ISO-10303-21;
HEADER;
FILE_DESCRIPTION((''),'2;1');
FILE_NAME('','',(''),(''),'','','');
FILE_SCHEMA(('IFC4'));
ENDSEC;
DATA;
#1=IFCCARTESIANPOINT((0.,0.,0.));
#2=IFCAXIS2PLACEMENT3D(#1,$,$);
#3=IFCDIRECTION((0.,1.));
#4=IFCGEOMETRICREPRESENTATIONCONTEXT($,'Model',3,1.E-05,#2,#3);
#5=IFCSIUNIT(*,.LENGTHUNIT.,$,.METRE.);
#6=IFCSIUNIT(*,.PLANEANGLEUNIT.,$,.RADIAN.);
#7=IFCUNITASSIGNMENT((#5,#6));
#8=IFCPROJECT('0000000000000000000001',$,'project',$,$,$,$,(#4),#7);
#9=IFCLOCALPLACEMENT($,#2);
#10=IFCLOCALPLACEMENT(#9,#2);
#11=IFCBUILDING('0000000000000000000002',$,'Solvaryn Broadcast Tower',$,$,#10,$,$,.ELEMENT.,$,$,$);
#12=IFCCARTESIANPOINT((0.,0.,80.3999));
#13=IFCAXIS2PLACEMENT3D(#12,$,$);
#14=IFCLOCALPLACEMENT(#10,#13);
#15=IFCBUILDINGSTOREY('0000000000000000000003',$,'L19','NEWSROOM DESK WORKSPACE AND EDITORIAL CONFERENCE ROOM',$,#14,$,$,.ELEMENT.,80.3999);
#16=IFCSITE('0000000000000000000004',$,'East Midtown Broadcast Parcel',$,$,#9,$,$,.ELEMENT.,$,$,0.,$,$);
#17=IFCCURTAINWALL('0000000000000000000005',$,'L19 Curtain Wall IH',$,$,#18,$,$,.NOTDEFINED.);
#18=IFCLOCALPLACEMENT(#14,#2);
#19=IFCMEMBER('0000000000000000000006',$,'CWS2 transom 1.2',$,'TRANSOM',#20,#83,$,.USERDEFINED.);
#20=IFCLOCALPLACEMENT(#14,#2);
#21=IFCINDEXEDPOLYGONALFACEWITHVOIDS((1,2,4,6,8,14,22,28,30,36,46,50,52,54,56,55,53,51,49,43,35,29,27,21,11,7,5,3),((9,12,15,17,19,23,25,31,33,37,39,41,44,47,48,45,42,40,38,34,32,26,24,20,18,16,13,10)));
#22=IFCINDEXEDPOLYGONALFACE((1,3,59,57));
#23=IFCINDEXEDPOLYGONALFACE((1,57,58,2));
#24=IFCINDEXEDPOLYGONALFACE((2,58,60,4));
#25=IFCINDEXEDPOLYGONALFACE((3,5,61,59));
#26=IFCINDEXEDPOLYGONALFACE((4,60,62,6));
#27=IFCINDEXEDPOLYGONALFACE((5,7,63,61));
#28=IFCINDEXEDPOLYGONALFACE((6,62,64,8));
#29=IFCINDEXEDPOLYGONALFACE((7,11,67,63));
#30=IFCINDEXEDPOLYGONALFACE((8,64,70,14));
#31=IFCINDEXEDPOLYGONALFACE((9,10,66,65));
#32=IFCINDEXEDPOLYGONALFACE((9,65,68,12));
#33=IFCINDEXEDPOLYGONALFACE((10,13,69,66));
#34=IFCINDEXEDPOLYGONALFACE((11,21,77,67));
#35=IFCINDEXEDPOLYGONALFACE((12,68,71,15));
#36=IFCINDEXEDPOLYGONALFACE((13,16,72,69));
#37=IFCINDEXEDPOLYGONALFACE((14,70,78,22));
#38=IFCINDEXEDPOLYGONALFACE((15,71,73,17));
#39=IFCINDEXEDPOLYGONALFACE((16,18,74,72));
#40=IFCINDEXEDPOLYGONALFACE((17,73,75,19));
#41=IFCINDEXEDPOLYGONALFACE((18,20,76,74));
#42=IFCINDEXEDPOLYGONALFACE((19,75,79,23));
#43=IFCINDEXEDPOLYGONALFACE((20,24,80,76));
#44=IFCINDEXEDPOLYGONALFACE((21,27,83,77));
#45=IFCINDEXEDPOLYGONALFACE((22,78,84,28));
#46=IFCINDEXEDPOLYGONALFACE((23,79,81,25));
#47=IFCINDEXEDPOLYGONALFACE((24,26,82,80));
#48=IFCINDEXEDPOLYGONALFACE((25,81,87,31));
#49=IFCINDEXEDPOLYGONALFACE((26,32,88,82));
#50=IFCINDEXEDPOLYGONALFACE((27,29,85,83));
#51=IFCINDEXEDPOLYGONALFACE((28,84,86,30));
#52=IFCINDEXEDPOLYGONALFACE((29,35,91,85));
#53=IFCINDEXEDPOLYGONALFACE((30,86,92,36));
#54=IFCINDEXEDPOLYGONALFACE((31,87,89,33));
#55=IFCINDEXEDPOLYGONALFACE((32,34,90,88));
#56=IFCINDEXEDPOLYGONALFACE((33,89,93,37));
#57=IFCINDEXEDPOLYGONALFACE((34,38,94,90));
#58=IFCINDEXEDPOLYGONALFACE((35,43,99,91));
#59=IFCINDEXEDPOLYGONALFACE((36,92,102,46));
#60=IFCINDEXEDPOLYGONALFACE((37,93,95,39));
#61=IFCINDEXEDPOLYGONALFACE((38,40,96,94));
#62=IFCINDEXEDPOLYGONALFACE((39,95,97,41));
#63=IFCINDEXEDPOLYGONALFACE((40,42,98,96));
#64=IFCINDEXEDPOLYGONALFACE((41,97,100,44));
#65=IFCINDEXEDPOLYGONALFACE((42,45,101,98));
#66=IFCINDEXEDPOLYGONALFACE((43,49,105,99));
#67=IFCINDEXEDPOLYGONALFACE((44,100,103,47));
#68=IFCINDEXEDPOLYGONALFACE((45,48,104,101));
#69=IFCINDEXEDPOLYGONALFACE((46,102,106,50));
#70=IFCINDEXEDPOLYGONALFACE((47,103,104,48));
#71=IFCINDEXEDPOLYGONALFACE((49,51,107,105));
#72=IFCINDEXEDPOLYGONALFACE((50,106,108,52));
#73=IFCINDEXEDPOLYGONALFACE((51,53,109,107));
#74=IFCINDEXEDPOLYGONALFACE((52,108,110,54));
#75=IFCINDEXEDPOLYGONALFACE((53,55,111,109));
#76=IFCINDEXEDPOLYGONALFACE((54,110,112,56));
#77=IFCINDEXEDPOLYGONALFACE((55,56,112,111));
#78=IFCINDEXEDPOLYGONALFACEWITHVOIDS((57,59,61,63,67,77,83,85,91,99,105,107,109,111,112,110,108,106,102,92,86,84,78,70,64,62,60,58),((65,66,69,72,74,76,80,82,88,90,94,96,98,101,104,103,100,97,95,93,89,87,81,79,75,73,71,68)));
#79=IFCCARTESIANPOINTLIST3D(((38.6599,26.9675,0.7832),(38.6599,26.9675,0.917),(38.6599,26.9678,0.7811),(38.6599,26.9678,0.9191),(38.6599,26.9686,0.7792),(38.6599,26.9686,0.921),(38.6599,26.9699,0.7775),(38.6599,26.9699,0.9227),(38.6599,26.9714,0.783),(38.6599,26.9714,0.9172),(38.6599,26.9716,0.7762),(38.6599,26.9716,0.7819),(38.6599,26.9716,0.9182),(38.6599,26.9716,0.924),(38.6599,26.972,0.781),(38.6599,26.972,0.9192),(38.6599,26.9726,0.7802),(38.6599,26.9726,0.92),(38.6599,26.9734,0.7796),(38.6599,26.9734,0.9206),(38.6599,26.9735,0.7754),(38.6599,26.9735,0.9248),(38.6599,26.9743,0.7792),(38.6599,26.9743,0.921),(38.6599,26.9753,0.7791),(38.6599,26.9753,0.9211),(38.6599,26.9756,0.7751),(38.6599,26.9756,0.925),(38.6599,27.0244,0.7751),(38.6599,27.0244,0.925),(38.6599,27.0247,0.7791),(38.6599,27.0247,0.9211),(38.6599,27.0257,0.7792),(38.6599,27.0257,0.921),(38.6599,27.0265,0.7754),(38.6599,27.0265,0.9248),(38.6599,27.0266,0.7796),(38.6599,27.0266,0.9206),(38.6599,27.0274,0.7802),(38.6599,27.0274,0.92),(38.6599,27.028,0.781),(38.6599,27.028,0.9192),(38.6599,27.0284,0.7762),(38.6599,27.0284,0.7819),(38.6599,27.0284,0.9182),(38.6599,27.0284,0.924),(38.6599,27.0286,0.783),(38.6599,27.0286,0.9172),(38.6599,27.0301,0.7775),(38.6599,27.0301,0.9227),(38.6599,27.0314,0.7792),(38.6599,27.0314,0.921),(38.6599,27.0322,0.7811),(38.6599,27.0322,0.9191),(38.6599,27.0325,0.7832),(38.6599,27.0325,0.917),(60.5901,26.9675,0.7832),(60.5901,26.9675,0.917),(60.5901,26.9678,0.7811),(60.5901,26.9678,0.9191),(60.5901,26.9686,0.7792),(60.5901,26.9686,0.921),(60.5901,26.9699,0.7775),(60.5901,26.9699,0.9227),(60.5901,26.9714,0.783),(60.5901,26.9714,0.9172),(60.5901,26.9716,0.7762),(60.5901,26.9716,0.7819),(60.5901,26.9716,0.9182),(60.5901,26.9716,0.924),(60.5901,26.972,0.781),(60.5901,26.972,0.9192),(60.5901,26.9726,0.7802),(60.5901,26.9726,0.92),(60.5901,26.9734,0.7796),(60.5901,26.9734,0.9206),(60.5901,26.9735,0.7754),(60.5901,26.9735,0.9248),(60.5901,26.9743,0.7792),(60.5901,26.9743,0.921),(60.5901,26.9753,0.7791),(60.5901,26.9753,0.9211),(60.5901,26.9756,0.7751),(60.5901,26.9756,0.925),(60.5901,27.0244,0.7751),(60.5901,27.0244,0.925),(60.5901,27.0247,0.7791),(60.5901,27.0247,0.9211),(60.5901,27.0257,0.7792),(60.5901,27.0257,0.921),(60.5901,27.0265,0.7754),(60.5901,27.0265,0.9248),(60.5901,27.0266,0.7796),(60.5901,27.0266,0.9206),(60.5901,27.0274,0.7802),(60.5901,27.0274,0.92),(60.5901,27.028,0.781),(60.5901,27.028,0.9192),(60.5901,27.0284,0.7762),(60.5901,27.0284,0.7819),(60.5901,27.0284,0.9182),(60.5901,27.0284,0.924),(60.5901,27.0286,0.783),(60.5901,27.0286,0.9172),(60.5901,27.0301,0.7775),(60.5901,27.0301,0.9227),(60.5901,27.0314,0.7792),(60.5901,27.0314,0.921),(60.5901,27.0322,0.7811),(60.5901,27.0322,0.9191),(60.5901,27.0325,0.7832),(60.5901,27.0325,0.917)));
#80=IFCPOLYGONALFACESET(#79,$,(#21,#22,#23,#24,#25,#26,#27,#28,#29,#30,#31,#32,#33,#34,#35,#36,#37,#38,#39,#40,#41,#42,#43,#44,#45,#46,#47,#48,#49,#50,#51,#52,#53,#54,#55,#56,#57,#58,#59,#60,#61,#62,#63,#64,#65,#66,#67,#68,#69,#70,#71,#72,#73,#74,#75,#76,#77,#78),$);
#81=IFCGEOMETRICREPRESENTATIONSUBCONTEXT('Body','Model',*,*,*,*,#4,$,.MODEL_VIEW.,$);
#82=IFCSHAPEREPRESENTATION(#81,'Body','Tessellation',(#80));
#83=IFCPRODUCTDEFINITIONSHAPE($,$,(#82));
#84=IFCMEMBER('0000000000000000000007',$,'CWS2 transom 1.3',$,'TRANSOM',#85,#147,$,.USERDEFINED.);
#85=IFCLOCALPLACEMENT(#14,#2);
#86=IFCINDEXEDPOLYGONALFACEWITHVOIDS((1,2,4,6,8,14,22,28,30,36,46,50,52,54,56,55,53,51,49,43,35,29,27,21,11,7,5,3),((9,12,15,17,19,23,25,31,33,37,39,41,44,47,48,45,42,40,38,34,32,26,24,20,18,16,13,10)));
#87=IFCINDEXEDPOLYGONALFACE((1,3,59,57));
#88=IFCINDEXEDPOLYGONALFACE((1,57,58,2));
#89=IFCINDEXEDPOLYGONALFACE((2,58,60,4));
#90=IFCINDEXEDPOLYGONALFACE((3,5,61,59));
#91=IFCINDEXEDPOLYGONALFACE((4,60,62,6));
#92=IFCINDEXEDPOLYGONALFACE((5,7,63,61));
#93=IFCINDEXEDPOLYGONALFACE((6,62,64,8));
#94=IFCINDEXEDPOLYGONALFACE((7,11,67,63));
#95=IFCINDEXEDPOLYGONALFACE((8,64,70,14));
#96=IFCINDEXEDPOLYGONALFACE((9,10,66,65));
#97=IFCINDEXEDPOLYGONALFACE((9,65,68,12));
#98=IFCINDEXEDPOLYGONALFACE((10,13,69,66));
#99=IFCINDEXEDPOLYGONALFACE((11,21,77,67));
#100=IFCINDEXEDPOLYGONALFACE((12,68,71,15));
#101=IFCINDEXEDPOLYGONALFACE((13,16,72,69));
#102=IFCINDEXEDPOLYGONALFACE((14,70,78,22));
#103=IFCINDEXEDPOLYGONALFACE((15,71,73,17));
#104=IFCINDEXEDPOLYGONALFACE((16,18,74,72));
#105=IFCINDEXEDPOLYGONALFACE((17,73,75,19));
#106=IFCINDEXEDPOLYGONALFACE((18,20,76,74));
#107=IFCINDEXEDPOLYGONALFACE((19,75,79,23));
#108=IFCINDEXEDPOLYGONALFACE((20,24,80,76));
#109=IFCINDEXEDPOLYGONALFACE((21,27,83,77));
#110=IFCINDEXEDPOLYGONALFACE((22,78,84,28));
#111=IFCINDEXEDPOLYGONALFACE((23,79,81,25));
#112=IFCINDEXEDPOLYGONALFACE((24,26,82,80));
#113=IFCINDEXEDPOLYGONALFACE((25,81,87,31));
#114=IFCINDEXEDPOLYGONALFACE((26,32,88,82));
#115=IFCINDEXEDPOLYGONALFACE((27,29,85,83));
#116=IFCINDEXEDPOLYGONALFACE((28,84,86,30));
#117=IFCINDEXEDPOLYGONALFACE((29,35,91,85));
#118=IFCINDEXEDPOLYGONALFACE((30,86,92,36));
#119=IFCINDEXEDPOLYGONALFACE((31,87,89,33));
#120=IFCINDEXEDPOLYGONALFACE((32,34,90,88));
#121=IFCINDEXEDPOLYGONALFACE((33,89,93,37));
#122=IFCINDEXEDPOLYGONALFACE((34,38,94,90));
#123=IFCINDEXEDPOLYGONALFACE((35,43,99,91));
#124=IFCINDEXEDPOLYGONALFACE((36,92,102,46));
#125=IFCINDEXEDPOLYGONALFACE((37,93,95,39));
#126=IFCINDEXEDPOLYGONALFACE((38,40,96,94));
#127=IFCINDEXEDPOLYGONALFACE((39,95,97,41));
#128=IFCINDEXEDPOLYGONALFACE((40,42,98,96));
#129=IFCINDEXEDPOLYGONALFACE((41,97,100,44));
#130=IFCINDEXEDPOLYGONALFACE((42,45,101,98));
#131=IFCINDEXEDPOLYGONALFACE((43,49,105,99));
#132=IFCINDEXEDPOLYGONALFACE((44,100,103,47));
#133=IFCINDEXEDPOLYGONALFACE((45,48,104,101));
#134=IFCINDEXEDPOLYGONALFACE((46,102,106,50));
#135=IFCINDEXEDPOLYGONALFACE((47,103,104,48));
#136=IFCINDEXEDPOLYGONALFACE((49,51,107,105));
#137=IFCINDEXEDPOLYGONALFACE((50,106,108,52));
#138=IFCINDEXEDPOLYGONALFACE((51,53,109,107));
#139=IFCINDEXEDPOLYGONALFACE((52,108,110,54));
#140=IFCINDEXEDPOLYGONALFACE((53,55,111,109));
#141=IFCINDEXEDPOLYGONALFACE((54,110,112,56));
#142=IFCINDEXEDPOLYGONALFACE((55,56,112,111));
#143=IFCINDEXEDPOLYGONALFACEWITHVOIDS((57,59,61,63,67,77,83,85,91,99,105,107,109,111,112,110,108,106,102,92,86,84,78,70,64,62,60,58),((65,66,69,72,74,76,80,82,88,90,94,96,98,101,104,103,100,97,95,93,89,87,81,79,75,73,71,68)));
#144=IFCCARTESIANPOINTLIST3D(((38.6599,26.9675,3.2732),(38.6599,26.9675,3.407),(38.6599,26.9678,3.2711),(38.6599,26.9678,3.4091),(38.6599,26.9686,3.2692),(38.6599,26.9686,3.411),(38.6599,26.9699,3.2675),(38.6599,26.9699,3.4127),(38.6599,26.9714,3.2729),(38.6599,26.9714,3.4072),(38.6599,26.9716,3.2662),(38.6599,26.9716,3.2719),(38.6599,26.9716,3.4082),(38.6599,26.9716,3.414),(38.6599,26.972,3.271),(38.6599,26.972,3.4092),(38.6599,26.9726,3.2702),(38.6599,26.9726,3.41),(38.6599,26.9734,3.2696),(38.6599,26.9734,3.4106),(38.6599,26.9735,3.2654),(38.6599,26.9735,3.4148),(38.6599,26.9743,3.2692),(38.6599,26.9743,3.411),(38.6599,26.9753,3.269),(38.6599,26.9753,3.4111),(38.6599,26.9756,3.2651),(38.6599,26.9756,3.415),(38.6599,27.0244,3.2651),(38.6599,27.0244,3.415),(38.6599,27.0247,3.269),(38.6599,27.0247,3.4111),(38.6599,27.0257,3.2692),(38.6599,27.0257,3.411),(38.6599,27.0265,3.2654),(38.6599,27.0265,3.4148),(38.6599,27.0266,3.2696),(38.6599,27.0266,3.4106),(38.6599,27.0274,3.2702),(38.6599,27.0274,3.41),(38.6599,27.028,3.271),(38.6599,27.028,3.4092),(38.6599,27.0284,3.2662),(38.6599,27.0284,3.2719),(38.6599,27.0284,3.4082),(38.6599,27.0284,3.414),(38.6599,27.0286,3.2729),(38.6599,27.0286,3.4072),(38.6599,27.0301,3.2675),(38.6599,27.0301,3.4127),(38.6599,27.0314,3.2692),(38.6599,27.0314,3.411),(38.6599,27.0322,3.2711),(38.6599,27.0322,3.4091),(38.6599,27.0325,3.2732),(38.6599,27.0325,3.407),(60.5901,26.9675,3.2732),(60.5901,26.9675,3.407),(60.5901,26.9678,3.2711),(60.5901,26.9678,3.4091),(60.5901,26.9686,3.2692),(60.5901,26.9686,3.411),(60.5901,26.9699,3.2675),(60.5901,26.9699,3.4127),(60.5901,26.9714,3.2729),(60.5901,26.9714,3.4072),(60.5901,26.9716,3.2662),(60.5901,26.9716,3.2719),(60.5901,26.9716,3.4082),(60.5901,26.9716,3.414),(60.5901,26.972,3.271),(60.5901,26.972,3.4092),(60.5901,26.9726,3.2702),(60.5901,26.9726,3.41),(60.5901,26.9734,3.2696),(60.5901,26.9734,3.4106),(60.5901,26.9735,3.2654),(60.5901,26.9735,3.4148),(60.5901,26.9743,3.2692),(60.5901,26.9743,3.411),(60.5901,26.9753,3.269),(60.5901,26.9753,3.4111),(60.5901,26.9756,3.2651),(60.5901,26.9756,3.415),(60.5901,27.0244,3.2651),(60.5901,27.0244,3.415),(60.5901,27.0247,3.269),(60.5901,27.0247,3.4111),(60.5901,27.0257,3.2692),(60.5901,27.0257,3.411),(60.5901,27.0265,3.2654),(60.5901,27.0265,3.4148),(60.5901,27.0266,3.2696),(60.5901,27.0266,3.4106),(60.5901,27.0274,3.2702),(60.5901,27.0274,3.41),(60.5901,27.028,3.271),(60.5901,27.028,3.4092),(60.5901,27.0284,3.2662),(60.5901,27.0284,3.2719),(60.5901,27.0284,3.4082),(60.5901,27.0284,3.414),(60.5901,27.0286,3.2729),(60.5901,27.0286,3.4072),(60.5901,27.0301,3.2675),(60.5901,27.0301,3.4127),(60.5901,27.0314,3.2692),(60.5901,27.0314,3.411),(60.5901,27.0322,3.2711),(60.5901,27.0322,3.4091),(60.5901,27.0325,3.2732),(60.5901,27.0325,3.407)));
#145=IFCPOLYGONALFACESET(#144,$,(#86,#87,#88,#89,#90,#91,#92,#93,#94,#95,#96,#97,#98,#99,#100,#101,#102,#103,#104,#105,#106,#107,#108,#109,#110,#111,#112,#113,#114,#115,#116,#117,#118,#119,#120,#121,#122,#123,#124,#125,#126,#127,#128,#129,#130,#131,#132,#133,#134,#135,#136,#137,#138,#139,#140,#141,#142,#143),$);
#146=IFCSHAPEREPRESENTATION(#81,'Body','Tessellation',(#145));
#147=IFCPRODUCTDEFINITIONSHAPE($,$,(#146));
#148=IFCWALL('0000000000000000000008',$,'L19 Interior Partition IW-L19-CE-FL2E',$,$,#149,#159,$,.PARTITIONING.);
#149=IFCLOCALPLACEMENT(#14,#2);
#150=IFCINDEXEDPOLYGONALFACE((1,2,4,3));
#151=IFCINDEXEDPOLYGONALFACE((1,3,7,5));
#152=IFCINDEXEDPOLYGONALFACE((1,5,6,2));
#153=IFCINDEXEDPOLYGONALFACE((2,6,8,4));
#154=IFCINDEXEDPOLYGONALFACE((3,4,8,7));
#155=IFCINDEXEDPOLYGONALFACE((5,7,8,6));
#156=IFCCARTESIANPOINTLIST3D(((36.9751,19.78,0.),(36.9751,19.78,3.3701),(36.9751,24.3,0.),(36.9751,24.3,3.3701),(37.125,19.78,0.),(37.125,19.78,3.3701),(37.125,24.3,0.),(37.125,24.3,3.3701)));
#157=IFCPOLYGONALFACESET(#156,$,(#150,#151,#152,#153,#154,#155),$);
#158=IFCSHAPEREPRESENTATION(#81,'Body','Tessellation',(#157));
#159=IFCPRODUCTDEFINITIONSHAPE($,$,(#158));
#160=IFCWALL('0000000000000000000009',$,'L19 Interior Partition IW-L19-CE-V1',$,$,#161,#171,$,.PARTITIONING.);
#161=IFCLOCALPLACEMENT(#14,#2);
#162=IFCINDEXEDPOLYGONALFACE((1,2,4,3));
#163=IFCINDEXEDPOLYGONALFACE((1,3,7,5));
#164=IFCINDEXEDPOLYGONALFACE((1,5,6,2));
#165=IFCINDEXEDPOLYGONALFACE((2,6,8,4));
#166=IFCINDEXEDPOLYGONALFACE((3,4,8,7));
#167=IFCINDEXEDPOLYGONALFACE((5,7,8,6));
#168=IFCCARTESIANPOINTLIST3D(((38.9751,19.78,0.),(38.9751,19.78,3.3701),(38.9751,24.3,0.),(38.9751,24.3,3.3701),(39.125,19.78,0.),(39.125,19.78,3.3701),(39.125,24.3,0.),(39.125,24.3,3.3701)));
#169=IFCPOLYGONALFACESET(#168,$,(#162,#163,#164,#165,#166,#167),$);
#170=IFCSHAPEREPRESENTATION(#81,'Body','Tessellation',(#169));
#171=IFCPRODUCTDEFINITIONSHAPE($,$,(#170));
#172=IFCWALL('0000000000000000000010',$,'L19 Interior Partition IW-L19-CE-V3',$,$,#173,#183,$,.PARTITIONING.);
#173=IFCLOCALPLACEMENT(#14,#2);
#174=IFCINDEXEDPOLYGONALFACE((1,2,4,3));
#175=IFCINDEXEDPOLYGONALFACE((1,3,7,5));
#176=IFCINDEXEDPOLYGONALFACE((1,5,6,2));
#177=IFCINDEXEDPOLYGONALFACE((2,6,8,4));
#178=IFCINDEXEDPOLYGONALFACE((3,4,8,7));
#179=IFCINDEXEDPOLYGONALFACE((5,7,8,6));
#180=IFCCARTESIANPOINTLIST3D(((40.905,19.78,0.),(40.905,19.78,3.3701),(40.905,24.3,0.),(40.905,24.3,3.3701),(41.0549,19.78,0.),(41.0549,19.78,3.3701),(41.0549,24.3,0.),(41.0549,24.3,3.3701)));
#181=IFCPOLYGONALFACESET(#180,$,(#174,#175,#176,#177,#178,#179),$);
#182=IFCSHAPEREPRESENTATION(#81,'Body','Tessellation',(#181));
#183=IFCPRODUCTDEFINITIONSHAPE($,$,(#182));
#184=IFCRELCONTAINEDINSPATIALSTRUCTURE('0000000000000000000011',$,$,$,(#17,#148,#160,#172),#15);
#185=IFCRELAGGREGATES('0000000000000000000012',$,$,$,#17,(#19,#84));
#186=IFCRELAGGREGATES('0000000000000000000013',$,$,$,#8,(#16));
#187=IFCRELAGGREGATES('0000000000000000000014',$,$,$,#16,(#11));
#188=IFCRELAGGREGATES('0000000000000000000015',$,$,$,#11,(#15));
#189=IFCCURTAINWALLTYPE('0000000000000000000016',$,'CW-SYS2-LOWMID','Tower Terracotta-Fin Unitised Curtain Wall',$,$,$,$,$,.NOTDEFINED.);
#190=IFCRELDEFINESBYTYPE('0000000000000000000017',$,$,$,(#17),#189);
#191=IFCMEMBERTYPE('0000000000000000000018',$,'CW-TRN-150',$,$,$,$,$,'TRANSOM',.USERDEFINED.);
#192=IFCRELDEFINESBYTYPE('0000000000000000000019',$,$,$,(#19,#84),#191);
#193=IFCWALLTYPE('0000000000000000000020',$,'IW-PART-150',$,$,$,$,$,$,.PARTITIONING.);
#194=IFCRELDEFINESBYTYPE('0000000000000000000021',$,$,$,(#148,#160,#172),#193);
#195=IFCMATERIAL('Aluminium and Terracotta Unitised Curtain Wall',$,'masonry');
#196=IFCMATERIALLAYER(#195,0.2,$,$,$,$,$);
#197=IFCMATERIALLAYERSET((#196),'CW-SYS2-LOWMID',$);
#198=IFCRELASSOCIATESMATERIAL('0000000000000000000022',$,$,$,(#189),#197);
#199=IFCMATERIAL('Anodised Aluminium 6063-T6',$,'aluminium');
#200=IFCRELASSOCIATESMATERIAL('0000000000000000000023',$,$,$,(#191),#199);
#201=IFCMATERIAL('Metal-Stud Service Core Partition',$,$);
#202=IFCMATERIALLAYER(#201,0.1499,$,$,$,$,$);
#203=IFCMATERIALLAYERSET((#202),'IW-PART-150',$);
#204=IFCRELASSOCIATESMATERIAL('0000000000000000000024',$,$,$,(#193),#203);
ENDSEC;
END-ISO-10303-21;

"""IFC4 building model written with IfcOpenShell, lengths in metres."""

from ifc_helpers import new_model, si_unit, direction, frame, frame_2d, origin, origin_2d, place, context, subcontext, project, spatial, rectangle, hollow_rectangle, extrude, material, layer, layer_set, material_profile, profile_set, type_object, element, aggregate, save


model = new_model("IFC4")

# Units and contexts
model_context = context("Model", 3, precision=1e-05, world=origin(), true_north=direction((0.0, 1.0)))
body_context = subcontext(model_context, "Body", "Model", "MODEL_VIEW")
ifc_project = project(units=[si_unit("LENGTHUNIT", "METRE"), si_unit("PLANEANGLEUNIT", "RADIAN")], contexts=[model_context])

# Site, building, storey
site_placement = place(None, origin())
site = spatial("IfcSite", under=ifc_project, at=site_placement, Name="East Midtown Broadcast Parcel", CompositionType="ELEMENT", RefElevation=0.0)
building_placement = place(site_placement, origin())
building = spatial("IfcBuilding", under=site, at=building_placement, Name="Solvaryn Broadcast Tower", CompositionType="ELEMENT")
storey_placement = place(building_placement, frame((0.0, 0.0, 80.3999)))
storey = spatial("IfcBuildingStorey", under=building, at=storey_placement, Name="L19", Description="NEWSROOM DESK WORKSPACE AND EDITORIAL CONFERENCE ROOM", CompositionType="ELEMENT", Elevation=80.3999)

# Curtain wall
ifc_material_1 = material(Name="Aluminium and Terracotta Unitised Curtain Wall", Category="masonry")
ifc_layer_1 = layer(ifc_material_1, 0.2)
ifc_layer_set_1 = layer_set([ifc_layer_1], Name="CW-SYS2-LOWMID")
curtain_wall_type = type_object("IfcCurtainWallType", Name="CW-SYS2-LOWMID", Description="Tower Terracotta-Fin Unitised Curtain Wall", PredefinedType="NOTDEFINED", material=ifc_layer_set_1)
curtain_wall_1_placement = place(storey_placement, origin())
curtain_wall_1 = element("IfcCurtainWall", 1, at=curtain_wall_1_placement, inside=storey, type_object=curtain_wall_type, Name="L19 Curtain Wall IH", PredefinedType="NOTDEFINED")

# Members
ifc_material_2 = material(Name="Anodised Aluminium 6063-T6", Category="aluminium")
ifc_material_profile_1 = material_profile(ifc_material_2, hollow_rectangle(XDim=0.0649, YDim=0.1499, WallThickness=0.0039, InnerFilletRadius=0.0039, OuterFilletRadius=0.0081, at=origin_2d()))
ifc_profile_set_1 = profile_set([ifc_material_profile_1], Name="Anodised Aluminium 6063-T6")
member_type_1 = type_object("IfcMemberType", Name="CW-TRN-150", ElementType="TRANSOM", PredefinedType="USERDEFINED", material=ifc_profile_set_1)
member_1_placement = place(storey_placement, frame((38.6599, 27.0, 0.8501), z_axis=(1.0, 0.0, 0.0), x_axis=(0.0, 1.0, 0.0)))
member_1 = element("IfcMember", 2, at=member_1_placement, type_object=member_type_1, Name="CWS2 transom 1.2", ObjectType="TRANSOM", PredefinedType="USERDEFINED", context=body_context, shape_type="SweptSolid", body=[
    extrude(hollow_rectangle(XDim=0.0649, YDim=0.1499, WallThickness=0.0039, InnerFilletRadius=0.0039, OuterFilletRadius=0.0081, at=origin_2d()), origin(), (0.0, 0.0, 1.0), 21.9302),
])
member_2_placement = place(storey_placement, frame((38.6599, 27.0, 3.3401), z_axis=(1.0, 0.0, 0.0), x_axis=(0.0, 1.0, 0.0)))
member_2 = element("IfcMember", 3, at=member_2_placement, type_object=member_type_1, Name="CWS2 transom 1.3", ObjectType="TRANSOM", PredefinedType="USERDEFINED", context=body_context, shape_type="SweptSolid", body=[
    extrude(hollow_rectangle(XDim=0.0649, YDim=0.1499, WallThickness=0.0039, InnerFilletRadius=0.0039, OuterFilletRadius=0.0081, at=origin_2d()), origin(), (0.0, 0.0, 1.0), 21.9302),
])
aggregate(curtain_wall_1, [member_1, member_2])

# Walls
ifc_material_3 = material(Name="Metal-Stud Service Core Partition")
ifc_layer_2 = layer(ifc_material_3, 0.1499)
ifc_layer_set_2 = layer_set([ifc_layer_2], Name="IW-PART-150")
wall_type_1 = type_object("IfcWallType", Name="IW-PART-150", PredefinedType="PARTITIONING", material=ifc_layer_set_2)
for number, where, z_axis, x_axis, name in (
    (4, (37.05, 19.78, 0.0), (0.0, 0.0, 1.0), (0.0, 1.0, 0.0), "L19 Interior Partition IW-L19-CE-FL2E"),
    (5, (39.05, 19.78, 0.0), (0.0, 0.0, 1.0), (0.0, 1.0, 0.0), "L19 Interior Partition IW-L19-CE-V1"),
    (6, (40.98, 19.78, 0.0), (0.0, 0.0, 1.0), (0.0, 1.0, 0.0), "L19 Interior Partition IW-L19-CE-V3"),
):
    element("IfcWall", number, at=place(storey_placement, frame(where, z_axis=z_axis, x_axis=x_axis)), inside=storey, type_object=wall_type_1, Name=name, PredefinedType="PARTITIONING", context=body_context, shape_type="SweptSolid", body=[
        extrude(rectangle(XDim=4.52, YDim=0.1499, at=frame_2d((2.26, 0.0))), origin(), (0.0, 0.0, 1.0), 3.3701),
    ])

save(model, "model.ifc")
